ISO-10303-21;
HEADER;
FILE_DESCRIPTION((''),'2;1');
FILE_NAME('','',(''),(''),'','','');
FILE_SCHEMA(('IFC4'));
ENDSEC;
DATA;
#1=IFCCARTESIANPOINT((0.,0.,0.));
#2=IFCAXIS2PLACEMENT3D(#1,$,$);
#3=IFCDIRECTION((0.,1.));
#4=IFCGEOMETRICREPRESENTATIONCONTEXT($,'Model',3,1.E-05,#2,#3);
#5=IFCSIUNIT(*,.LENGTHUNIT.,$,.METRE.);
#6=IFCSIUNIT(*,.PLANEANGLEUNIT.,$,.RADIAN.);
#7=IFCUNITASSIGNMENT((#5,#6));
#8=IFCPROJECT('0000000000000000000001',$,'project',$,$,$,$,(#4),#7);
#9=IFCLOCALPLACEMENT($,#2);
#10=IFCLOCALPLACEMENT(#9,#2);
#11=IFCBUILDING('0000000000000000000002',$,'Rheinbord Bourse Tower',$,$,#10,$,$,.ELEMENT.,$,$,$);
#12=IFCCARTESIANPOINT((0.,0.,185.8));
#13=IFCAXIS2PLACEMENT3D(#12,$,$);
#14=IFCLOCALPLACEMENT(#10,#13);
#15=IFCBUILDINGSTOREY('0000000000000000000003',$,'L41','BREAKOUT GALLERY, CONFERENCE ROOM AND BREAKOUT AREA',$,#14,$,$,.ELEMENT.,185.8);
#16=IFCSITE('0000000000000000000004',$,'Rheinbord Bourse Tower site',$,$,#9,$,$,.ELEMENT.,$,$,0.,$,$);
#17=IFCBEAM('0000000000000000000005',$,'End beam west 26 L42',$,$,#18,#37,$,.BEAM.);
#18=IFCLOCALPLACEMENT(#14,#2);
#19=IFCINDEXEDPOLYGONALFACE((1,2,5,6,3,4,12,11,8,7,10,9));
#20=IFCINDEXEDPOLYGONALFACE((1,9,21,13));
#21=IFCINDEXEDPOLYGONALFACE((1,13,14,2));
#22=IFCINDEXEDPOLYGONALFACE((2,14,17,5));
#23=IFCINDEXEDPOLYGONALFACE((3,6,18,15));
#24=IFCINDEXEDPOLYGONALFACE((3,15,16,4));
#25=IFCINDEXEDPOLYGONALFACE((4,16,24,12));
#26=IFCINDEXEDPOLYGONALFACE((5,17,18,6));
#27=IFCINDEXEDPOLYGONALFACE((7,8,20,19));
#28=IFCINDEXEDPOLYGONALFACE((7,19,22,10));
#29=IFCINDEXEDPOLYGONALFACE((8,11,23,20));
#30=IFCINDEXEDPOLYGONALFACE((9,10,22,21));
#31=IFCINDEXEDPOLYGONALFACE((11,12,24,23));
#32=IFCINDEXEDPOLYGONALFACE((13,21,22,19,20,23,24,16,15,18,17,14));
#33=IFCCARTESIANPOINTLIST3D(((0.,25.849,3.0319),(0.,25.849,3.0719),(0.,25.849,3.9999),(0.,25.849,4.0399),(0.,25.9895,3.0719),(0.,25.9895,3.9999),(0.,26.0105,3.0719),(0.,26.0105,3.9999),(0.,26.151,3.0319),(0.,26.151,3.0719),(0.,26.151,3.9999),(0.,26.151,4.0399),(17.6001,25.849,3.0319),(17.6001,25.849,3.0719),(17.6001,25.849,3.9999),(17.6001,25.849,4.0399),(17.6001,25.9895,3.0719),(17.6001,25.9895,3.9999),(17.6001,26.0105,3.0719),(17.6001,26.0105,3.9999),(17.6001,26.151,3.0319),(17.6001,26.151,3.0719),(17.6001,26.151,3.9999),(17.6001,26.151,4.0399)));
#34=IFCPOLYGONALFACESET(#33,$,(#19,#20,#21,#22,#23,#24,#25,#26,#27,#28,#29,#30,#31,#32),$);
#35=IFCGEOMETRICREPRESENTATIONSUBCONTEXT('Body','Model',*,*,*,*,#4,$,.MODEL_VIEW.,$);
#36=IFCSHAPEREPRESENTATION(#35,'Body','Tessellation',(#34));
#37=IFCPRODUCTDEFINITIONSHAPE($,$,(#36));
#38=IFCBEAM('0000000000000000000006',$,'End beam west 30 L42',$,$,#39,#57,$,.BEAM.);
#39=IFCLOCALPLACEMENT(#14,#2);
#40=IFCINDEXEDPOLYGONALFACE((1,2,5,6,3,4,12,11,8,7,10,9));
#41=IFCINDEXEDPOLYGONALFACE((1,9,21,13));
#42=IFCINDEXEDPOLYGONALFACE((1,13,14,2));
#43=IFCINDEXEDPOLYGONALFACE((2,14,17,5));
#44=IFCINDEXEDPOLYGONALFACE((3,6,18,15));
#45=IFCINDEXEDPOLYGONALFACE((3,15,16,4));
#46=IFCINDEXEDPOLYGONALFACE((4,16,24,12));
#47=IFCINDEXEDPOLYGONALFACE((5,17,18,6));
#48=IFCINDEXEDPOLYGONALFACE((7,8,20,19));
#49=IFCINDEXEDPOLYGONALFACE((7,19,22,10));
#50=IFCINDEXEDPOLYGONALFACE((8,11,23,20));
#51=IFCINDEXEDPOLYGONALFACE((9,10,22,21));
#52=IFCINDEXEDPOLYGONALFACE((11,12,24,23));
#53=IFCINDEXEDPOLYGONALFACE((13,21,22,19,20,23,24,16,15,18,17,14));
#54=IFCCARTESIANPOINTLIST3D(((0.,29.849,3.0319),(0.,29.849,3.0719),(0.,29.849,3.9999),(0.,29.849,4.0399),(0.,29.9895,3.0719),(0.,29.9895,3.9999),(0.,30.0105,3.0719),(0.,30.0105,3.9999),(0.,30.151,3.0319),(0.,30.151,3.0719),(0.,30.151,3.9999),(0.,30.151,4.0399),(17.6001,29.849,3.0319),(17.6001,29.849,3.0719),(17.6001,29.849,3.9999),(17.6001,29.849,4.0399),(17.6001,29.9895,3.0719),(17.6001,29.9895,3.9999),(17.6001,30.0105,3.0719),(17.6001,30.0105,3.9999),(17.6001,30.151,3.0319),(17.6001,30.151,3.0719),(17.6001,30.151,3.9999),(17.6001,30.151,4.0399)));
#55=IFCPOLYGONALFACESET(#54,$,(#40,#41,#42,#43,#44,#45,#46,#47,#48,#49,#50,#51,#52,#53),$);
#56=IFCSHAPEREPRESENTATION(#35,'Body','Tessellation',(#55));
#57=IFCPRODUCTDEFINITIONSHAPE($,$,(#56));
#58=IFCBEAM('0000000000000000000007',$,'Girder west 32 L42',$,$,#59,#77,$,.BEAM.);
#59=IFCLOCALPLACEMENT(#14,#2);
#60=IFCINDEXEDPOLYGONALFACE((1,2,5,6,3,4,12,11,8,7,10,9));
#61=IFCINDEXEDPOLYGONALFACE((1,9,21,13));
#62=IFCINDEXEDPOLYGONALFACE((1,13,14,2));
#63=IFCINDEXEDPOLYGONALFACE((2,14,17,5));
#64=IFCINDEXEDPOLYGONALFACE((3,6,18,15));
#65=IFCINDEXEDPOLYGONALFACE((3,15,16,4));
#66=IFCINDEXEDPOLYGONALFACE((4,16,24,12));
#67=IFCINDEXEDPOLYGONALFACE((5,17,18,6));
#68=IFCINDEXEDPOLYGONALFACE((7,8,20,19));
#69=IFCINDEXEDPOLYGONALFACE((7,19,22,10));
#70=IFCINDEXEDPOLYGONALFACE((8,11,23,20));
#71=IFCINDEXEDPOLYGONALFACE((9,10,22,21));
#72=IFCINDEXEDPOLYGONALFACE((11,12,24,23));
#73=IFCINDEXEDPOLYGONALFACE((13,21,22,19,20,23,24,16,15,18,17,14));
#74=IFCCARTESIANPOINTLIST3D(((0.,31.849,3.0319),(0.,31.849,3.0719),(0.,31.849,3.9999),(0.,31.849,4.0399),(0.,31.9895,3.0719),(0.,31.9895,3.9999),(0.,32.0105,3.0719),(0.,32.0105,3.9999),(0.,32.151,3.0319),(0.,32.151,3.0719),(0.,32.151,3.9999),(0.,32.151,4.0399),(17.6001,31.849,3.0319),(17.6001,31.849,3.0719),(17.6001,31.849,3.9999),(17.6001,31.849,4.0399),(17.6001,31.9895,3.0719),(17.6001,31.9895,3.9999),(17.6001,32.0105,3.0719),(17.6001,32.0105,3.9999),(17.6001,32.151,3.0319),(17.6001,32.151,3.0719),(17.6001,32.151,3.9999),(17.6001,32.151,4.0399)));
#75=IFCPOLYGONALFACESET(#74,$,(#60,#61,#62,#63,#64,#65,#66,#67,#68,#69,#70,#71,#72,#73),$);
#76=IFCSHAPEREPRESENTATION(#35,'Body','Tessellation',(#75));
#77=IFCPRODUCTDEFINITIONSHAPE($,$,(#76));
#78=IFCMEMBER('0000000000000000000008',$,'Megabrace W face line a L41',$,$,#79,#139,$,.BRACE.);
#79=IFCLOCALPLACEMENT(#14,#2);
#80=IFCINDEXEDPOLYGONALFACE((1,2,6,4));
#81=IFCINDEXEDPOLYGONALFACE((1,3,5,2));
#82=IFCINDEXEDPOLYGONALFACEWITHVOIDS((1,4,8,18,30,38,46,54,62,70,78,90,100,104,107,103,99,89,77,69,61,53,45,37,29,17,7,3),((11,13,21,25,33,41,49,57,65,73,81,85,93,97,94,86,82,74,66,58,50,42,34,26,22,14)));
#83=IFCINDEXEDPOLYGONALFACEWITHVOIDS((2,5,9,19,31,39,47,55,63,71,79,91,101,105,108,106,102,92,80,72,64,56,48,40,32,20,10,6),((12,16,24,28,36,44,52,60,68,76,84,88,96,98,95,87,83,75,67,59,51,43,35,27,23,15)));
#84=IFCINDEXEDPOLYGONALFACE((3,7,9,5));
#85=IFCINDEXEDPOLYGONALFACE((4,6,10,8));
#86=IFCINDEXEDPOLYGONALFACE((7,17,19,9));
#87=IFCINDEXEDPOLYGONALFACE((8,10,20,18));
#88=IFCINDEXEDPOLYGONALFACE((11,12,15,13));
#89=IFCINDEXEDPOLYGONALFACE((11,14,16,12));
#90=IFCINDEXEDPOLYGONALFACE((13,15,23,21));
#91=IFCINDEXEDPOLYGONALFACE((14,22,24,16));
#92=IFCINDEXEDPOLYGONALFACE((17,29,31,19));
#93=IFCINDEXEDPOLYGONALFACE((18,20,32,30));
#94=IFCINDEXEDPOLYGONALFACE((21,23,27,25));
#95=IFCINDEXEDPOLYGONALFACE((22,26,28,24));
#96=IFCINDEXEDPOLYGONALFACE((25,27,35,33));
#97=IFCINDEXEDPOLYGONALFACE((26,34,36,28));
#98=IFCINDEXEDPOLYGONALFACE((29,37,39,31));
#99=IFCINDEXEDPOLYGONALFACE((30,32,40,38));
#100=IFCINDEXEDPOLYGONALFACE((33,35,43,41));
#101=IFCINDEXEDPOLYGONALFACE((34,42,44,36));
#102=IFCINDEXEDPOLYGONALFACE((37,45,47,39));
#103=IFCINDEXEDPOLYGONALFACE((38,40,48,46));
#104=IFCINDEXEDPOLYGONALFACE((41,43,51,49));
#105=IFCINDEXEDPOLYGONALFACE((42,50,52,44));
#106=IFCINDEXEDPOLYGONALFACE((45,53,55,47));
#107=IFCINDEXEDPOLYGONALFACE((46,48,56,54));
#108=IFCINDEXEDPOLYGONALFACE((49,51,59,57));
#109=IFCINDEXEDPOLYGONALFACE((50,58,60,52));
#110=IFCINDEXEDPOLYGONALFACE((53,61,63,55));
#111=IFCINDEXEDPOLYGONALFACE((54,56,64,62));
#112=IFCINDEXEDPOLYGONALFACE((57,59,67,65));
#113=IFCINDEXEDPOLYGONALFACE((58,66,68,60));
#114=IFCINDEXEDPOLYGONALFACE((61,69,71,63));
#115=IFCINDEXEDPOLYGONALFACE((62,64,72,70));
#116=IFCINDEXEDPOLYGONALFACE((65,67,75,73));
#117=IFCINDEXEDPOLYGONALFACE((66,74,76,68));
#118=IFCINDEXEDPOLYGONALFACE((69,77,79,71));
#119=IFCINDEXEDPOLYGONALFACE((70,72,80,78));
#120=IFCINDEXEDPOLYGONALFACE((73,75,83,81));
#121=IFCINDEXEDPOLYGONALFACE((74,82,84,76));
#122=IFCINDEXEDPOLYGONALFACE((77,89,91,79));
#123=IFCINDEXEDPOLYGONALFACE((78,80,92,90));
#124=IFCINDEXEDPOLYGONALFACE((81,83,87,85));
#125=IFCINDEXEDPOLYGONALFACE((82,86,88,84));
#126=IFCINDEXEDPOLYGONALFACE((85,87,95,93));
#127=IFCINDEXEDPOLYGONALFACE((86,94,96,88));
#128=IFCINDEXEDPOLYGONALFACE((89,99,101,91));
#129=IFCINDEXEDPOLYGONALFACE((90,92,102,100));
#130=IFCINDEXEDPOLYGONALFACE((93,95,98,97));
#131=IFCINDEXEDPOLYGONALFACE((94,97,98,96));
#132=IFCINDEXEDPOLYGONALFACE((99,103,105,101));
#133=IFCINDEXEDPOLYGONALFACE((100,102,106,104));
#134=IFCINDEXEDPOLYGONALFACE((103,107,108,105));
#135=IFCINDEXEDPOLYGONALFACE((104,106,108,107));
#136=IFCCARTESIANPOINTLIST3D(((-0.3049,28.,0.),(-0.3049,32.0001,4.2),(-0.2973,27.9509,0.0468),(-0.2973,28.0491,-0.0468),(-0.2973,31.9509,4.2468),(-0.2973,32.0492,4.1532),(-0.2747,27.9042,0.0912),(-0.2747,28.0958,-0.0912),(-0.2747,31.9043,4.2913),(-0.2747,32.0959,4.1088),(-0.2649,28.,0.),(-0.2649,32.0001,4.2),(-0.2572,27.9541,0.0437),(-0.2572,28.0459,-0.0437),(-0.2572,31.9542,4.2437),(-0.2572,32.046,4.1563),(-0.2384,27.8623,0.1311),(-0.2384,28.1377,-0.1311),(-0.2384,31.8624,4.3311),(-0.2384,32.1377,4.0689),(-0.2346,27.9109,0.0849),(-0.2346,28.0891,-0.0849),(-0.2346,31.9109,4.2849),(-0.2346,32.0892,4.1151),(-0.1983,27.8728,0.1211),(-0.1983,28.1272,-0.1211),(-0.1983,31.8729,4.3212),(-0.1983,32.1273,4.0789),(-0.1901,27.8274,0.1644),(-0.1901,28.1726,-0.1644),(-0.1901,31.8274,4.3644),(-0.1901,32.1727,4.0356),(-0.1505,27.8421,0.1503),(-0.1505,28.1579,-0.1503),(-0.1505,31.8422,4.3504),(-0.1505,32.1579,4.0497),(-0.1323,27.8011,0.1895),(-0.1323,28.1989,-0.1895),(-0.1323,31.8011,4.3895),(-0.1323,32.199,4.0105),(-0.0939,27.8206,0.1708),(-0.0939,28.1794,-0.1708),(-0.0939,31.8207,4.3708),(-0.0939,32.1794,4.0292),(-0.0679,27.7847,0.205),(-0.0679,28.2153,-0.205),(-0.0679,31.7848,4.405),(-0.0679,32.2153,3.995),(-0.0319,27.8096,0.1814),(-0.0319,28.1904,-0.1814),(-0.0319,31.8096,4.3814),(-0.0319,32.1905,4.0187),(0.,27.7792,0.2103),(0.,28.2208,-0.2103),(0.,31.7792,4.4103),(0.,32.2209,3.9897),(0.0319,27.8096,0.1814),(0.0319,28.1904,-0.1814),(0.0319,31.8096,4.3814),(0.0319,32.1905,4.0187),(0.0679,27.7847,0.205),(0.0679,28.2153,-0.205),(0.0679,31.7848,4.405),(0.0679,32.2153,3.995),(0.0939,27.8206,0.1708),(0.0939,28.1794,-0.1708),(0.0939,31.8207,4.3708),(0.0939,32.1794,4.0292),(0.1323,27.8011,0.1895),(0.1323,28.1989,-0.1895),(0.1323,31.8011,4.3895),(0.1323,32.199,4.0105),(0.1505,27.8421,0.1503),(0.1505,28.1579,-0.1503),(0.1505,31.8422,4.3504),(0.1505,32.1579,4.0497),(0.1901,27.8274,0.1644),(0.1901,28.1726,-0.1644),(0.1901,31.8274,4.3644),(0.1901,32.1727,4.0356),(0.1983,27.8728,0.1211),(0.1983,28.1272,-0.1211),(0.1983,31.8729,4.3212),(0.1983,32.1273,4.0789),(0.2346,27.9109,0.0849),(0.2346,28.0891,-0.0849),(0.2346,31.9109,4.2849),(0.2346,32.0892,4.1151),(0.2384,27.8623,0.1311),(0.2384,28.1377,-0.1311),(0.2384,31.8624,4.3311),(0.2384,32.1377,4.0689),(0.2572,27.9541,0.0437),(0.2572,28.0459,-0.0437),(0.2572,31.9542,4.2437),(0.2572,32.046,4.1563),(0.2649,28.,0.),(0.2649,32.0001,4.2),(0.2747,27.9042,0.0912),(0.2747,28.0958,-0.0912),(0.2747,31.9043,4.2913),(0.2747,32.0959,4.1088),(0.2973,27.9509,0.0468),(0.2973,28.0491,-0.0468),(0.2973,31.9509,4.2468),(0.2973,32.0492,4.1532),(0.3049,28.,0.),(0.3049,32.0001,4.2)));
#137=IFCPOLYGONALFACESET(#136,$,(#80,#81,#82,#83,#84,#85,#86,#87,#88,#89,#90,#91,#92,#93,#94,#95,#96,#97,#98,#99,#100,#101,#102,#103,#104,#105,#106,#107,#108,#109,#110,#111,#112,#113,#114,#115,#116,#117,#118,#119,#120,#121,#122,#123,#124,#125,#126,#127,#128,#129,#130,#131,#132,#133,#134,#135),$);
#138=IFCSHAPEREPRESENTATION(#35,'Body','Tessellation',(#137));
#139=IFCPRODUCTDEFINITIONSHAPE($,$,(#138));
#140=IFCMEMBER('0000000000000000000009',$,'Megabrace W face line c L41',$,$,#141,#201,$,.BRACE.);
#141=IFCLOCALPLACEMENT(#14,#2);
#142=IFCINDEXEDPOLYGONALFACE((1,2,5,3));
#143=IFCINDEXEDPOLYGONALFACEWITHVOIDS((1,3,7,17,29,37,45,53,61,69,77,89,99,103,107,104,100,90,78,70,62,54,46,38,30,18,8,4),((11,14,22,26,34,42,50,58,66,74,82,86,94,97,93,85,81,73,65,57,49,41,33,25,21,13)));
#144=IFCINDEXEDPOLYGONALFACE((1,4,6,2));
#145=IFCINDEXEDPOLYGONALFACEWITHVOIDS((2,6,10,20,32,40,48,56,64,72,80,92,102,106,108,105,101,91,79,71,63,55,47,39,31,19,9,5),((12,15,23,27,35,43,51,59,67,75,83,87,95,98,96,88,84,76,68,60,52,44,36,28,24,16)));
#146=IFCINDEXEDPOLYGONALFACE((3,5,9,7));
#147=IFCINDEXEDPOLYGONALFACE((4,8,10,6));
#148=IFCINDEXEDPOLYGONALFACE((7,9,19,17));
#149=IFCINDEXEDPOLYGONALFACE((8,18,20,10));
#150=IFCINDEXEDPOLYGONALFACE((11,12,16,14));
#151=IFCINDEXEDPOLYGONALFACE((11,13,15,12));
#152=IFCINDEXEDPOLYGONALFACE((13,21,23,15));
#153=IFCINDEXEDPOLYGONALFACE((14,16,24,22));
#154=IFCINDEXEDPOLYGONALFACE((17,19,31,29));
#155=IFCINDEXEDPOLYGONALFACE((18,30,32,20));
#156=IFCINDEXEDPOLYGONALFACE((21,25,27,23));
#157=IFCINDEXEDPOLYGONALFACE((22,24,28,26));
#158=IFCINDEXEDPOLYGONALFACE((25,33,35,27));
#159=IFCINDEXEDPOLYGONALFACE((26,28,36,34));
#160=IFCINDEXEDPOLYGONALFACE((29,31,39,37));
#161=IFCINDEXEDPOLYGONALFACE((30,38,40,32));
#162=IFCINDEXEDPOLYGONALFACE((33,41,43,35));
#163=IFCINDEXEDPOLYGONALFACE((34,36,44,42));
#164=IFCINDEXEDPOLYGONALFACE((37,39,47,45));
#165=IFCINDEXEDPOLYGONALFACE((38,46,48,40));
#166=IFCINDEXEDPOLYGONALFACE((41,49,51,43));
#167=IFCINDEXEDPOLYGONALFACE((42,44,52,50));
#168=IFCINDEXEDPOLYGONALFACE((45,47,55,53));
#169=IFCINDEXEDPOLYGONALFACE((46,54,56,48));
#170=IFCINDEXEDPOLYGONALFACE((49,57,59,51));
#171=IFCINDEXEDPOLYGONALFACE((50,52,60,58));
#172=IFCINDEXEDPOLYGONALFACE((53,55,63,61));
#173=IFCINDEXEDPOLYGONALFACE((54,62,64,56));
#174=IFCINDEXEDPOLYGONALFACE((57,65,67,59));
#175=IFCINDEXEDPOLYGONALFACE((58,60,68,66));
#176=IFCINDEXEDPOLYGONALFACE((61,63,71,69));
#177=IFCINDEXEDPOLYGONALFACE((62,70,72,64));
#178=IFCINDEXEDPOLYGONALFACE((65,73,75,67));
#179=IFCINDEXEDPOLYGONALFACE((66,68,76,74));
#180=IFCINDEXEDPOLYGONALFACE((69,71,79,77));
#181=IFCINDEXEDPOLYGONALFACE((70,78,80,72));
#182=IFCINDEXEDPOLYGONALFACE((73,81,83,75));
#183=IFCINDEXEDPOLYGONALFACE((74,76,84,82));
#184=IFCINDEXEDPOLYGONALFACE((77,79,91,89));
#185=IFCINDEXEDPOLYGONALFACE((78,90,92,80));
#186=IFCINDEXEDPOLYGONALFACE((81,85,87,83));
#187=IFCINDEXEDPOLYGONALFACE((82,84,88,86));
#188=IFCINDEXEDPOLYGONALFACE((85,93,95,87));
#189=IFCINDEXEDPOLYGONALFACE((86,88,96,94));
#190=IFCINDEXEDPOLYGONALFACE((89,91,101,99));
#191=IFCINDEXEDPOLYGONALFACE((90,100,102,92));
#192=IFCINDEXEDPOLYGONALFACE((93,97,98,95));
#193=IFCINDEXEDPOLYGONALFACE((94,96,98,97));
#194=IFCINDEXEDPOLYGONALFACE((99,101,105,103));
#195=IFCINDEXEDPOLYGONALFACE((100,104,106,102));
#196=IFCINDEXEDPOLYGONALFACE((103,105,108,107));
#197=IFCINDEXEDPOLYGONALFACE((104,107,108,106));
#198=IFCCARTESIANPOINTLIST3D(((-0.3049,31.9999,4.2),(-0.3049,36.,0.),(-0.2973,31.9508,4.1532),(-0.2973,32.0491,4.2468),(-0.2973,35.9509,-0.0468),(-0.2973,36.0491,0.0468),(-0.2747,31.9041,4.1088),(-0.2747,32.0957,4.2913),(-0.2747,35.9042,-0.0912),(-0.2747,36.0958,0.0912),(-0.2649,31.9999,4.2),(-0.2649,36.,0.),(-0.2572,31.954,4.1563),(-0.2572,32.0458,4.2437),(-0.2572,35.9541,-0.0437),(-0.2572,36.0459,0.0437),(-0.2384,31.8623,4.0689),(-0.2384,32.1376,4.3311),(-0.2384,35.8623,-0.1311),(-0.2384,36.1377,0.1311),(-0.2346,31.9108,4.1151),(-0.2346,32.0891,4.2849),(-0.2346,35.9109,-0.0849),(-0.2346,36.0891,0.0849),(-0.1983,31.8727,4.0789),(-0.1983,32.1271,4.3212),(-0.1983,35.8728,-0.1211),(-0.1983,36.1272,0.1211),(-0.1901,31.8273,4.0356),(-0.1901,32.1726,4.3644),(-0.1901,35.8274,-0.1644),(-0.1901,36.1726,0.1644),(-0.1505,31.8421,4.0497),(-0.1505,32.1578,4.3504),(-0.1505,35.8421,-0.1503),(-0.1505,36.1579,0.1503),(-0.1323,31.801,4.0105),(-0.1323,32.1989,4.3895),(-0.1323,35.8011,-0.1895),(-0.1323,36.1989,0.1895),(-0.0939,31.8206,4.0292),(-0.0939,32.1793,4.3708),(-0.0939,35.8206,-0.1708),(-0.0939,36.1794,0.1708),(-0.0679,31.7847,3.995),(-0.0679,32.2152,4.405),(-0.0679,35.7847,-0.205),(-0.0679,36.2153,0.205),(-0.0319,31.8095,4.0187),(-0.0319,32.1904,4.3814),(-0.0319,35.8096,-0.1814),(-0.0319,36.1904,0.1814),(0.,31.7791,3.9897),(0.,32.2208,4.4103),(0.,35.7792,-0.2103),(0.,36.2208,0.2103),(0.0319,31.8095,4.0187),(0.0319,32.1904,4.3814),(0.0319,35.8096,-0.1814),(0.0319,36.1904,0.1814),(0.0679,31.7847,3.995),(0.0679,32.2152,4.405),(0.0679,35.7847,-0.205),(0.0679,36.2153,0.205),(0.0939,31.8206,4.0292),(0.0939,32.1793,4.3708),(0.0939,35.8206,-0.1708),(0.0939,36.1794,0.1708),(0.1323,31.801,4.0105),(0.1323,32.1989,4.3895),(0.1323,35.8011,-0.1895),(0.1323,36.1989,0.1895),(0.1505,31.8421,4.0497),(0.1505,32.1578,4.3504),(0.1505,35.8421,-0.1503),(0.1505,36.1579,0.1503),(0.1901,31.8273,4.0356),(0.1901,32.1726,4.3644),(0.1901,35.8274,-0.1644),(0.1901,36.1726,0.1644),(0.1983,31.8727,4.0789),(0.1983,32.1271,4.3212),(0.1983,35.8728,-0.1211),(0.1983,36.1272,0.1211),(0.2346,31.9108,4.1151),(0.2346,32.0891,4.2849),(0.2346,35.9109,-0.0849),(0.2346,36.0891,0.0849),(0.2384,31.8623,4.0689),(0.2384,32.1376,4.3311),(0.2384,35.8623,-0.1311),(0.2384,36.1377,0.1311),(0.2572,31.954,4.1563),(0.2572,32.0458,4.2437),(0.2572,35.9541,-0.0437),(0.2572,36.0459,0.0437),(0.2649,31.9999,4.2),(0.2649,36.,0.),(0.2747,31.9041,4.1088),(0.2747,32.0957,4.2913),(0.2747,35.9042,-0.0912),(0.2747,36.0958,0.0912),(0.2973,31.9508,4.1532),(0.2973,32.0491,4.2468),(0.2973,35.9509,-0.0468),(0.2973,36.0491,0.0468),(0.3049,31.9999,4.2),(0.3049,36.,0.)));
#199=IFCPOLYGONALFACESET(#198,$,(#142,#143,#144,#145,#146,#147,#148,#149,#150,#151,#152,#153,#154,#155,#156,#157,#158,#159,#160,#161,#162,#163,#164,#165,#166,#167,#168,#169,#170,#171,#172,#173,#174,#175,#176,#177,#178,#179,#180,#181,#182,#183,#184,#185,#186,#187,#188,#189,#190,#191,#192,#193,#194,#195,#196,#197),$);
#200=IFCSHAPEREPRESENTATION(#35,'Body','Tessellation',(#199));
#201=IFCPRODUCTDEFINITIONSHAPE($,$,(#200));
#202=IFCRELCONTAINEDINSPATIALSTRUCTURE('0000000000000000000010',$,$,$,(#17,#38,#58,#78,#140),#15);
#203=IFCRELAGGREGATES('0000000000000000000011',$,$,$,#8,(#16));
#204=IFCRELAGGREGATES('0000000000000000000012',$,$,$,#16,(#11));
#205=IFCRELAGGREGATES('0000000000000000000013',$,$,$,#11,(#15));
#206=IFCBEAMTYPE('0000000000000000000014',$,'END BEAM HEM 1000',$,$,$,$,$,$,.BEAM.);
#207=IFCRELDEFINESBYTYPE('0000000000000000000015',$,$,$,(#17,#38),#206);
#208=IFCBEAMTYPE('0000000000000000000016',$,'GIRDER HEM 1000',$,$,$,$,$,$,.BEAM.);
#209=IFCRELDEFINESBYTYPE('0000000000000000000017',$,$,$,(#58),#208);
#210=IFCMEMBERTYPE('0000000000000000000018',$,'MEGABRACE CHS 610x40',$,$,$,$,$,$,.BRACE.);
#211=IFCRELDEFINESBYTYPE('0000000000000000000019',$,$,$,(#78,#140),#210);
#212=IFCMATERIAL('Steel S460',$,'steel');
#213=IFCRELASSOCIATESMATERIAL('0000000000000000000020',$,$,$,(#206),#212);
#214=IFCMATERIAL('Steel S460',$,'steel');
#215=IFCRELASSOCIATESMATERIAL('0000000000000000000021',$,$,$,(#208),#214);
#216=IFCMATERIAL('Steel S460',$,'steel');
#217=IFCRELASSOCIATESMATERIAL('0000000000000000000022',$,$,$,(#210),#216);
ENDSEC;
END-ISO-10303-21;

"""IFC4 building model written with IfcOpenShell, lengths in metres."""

from ifc_helpers import new_model, si_unit, direction, frame, origin, origin_2d, place, context, subcontext, project, spatial, hollow_circle, i_section, extrude, material, material_profile, profile_set, type_object, element, save


model = new_model("IFC4")

# Units and contexts
model_context = context("Model", 3, precision=1e-05, world=origin(), true_north=direction((0.0, 1.0)))
body_context = subcontext(model_context, "Body", "Model", "MODEL_VIEW")
ifc_project = project(units=[si_unit("LENGTHUNIT", "METRE"), si_unit("PLANEANGLEUNIT", "RADIAN")], contexts=[model_context])

# Site, building, storey
site_placement = place(None, origin())
site = spatial("IfcSite", under=ifc_project, at=site_placement, Name="Rheinbord Bourse Tower site", CompositionType="ELEMENT", RefElevation=0.0)
building_placement = place(site_placement, origin())
building = spatial("IfcBuilding", under=site, at=building_placement, Name="Rheinbord Bourse Tower", CompositionType="ELEMENT")
storey_placement = place(building_placement, frame((0.0, 0.0, 185.8)))
storey = spatial("IfcBuildingStorey", under=building, at=storey_placement, Name="L41", Description="BREAKOUT GALLERY, CONFERENCE ROOM AND BREAKOUT AREA", CompositionType="ELEMENT", Elevation=185.8)

# Beams
ifc_material_1 = material(Name="Steel S460", Category="steel")
ifc_material_profile_1 = material_profile(ifc_material_1, i_section(OverallWidth=0.302, OverallDepth=1.0081, WebThickness=0.021, FlangeThickness=0.04, at=origin_2d()), Name="HEM 1000")
ifc_profile_set_1 = profile_set([ifc_material_profile_1], Name="Steel S460")
beam_type_1 = type_object("IfcBeamType", Name="END BEAM HEM 1000", PredefinedType="BEAM", material=ifc_profile_set_1)
for number, where, z_axis, x_axis, name in (
    (1, (0.0, 26.0, 3.5359), (1.0, 0.0, 0.0), (0.0, 1.0, 0.0), "End beam west 26 L42"),
    (2, (0.0, 30.0, 3.5359), (1.0, 0.0, 0.0), (0.0, 1.0, 0.0), "End beam west 30 L42"),
):
    element("IfcBeam", number, at=place(storey_placement, frame(where, z_axis=z_axis, x_axis=x_axis)), inside=storey, type_object=beam_type_1, Name=name, PredefinedType="BEAM", context=body_context, shape_type="SweptSolid", body=[
        extrude(i_section(OverallWidth=0.302, OverallDepth=1.0081, WebThickness=0.021, FlangeThickness=0.04, at=origin_2d()), origin(), (0.0, 0.0, 1.0), 17.6001),
    ])
ifc_material_2 = material(Name="Steel S460", Category="steel")
ifc_material_profile_2 = material_profile(ifc_material_2, i_section(OverallWidth=0.302, OverallDepth=1.0081, WebThickness=0.021, FlangeThickness=0.04, at=origin_2d()), Name="HEM 1000")
ifc_profile_set_2 = profile_set([ifc_material_profile_2], Name="Steel S460")
beam_type_2 = type_object("IfcBeamType", Name="GIRDER HEM 1000", PredefinedType="BEAM", material=ifc_profile_set_2)
beam_1_placement = place(storey_placement, frame((0.0, 32.0, 3.5359), z_axis=(1.0, 0.0, 0.0), x_axis=(0.0, 1.0, 0.0)))
element("IfcBeam", 3, at=beam_1_placement, inside=storey, type_object=beam_type_2, Name="Girder west 32 L42", PredefinedType="BEAM", context=body_context, shape_type="SweptSolid", body=[
    extrude(i_section(OverallWidth=0.302, OverallDepth=1.0081, WebThickness=0.021, FlangeThickness=0.04, at=origin_2d()), origin(), (0.0, 0.0, 1.0), 17.6001),
])

# Members
ifc_material_3 = material(Name="Steel S460", Category="steel")
ifc_material_profile_3 = material_profile(ifc_material_3, hollow_circle(Radius=0.3049, WallThickness=0.04, at=origin_2d()), Name="CHS 610x40")
ifc_profile_set_3 = profile_set([ifc_material_profile_3], Name="Steel S460")
member_type_1 = type_object("IfcMemberType", Name="MEGABRACE CHS 610x40", PredefinedType="BRACE", material=ifc_profile_set_3)
for number, where, z_axis, x_axis, name in (
    (4, (0.0, 28.0, 0.0), (0.0, 0.689659, 0.724134), (-1.0, 0.0, 0.0), "Megabrace W face line a L41"),
    (5, (0.0, 36.0, 0.0), (0.0, -0.689659, 0.724134), (1.0, 0.0, 0.0), "Megabrace W face line c L41"),
):
    element("IfcMember", number, at=place(storey_placement, frame(where, z_axis=z_axis, x_axis=x_axis)), inside=storey, type_object=member_type_1, Name=name, PredefinedType="BRACE", context=body_context, shape_type="SweptSolid", body=[
        extrude(hollow_circle(Radius=0.3049, WallThickness=0.04, at=origin_2d()), origin(), (0.0, 0.0, 1.0), 5.8),
    ])

save(model, "model.ifc")
